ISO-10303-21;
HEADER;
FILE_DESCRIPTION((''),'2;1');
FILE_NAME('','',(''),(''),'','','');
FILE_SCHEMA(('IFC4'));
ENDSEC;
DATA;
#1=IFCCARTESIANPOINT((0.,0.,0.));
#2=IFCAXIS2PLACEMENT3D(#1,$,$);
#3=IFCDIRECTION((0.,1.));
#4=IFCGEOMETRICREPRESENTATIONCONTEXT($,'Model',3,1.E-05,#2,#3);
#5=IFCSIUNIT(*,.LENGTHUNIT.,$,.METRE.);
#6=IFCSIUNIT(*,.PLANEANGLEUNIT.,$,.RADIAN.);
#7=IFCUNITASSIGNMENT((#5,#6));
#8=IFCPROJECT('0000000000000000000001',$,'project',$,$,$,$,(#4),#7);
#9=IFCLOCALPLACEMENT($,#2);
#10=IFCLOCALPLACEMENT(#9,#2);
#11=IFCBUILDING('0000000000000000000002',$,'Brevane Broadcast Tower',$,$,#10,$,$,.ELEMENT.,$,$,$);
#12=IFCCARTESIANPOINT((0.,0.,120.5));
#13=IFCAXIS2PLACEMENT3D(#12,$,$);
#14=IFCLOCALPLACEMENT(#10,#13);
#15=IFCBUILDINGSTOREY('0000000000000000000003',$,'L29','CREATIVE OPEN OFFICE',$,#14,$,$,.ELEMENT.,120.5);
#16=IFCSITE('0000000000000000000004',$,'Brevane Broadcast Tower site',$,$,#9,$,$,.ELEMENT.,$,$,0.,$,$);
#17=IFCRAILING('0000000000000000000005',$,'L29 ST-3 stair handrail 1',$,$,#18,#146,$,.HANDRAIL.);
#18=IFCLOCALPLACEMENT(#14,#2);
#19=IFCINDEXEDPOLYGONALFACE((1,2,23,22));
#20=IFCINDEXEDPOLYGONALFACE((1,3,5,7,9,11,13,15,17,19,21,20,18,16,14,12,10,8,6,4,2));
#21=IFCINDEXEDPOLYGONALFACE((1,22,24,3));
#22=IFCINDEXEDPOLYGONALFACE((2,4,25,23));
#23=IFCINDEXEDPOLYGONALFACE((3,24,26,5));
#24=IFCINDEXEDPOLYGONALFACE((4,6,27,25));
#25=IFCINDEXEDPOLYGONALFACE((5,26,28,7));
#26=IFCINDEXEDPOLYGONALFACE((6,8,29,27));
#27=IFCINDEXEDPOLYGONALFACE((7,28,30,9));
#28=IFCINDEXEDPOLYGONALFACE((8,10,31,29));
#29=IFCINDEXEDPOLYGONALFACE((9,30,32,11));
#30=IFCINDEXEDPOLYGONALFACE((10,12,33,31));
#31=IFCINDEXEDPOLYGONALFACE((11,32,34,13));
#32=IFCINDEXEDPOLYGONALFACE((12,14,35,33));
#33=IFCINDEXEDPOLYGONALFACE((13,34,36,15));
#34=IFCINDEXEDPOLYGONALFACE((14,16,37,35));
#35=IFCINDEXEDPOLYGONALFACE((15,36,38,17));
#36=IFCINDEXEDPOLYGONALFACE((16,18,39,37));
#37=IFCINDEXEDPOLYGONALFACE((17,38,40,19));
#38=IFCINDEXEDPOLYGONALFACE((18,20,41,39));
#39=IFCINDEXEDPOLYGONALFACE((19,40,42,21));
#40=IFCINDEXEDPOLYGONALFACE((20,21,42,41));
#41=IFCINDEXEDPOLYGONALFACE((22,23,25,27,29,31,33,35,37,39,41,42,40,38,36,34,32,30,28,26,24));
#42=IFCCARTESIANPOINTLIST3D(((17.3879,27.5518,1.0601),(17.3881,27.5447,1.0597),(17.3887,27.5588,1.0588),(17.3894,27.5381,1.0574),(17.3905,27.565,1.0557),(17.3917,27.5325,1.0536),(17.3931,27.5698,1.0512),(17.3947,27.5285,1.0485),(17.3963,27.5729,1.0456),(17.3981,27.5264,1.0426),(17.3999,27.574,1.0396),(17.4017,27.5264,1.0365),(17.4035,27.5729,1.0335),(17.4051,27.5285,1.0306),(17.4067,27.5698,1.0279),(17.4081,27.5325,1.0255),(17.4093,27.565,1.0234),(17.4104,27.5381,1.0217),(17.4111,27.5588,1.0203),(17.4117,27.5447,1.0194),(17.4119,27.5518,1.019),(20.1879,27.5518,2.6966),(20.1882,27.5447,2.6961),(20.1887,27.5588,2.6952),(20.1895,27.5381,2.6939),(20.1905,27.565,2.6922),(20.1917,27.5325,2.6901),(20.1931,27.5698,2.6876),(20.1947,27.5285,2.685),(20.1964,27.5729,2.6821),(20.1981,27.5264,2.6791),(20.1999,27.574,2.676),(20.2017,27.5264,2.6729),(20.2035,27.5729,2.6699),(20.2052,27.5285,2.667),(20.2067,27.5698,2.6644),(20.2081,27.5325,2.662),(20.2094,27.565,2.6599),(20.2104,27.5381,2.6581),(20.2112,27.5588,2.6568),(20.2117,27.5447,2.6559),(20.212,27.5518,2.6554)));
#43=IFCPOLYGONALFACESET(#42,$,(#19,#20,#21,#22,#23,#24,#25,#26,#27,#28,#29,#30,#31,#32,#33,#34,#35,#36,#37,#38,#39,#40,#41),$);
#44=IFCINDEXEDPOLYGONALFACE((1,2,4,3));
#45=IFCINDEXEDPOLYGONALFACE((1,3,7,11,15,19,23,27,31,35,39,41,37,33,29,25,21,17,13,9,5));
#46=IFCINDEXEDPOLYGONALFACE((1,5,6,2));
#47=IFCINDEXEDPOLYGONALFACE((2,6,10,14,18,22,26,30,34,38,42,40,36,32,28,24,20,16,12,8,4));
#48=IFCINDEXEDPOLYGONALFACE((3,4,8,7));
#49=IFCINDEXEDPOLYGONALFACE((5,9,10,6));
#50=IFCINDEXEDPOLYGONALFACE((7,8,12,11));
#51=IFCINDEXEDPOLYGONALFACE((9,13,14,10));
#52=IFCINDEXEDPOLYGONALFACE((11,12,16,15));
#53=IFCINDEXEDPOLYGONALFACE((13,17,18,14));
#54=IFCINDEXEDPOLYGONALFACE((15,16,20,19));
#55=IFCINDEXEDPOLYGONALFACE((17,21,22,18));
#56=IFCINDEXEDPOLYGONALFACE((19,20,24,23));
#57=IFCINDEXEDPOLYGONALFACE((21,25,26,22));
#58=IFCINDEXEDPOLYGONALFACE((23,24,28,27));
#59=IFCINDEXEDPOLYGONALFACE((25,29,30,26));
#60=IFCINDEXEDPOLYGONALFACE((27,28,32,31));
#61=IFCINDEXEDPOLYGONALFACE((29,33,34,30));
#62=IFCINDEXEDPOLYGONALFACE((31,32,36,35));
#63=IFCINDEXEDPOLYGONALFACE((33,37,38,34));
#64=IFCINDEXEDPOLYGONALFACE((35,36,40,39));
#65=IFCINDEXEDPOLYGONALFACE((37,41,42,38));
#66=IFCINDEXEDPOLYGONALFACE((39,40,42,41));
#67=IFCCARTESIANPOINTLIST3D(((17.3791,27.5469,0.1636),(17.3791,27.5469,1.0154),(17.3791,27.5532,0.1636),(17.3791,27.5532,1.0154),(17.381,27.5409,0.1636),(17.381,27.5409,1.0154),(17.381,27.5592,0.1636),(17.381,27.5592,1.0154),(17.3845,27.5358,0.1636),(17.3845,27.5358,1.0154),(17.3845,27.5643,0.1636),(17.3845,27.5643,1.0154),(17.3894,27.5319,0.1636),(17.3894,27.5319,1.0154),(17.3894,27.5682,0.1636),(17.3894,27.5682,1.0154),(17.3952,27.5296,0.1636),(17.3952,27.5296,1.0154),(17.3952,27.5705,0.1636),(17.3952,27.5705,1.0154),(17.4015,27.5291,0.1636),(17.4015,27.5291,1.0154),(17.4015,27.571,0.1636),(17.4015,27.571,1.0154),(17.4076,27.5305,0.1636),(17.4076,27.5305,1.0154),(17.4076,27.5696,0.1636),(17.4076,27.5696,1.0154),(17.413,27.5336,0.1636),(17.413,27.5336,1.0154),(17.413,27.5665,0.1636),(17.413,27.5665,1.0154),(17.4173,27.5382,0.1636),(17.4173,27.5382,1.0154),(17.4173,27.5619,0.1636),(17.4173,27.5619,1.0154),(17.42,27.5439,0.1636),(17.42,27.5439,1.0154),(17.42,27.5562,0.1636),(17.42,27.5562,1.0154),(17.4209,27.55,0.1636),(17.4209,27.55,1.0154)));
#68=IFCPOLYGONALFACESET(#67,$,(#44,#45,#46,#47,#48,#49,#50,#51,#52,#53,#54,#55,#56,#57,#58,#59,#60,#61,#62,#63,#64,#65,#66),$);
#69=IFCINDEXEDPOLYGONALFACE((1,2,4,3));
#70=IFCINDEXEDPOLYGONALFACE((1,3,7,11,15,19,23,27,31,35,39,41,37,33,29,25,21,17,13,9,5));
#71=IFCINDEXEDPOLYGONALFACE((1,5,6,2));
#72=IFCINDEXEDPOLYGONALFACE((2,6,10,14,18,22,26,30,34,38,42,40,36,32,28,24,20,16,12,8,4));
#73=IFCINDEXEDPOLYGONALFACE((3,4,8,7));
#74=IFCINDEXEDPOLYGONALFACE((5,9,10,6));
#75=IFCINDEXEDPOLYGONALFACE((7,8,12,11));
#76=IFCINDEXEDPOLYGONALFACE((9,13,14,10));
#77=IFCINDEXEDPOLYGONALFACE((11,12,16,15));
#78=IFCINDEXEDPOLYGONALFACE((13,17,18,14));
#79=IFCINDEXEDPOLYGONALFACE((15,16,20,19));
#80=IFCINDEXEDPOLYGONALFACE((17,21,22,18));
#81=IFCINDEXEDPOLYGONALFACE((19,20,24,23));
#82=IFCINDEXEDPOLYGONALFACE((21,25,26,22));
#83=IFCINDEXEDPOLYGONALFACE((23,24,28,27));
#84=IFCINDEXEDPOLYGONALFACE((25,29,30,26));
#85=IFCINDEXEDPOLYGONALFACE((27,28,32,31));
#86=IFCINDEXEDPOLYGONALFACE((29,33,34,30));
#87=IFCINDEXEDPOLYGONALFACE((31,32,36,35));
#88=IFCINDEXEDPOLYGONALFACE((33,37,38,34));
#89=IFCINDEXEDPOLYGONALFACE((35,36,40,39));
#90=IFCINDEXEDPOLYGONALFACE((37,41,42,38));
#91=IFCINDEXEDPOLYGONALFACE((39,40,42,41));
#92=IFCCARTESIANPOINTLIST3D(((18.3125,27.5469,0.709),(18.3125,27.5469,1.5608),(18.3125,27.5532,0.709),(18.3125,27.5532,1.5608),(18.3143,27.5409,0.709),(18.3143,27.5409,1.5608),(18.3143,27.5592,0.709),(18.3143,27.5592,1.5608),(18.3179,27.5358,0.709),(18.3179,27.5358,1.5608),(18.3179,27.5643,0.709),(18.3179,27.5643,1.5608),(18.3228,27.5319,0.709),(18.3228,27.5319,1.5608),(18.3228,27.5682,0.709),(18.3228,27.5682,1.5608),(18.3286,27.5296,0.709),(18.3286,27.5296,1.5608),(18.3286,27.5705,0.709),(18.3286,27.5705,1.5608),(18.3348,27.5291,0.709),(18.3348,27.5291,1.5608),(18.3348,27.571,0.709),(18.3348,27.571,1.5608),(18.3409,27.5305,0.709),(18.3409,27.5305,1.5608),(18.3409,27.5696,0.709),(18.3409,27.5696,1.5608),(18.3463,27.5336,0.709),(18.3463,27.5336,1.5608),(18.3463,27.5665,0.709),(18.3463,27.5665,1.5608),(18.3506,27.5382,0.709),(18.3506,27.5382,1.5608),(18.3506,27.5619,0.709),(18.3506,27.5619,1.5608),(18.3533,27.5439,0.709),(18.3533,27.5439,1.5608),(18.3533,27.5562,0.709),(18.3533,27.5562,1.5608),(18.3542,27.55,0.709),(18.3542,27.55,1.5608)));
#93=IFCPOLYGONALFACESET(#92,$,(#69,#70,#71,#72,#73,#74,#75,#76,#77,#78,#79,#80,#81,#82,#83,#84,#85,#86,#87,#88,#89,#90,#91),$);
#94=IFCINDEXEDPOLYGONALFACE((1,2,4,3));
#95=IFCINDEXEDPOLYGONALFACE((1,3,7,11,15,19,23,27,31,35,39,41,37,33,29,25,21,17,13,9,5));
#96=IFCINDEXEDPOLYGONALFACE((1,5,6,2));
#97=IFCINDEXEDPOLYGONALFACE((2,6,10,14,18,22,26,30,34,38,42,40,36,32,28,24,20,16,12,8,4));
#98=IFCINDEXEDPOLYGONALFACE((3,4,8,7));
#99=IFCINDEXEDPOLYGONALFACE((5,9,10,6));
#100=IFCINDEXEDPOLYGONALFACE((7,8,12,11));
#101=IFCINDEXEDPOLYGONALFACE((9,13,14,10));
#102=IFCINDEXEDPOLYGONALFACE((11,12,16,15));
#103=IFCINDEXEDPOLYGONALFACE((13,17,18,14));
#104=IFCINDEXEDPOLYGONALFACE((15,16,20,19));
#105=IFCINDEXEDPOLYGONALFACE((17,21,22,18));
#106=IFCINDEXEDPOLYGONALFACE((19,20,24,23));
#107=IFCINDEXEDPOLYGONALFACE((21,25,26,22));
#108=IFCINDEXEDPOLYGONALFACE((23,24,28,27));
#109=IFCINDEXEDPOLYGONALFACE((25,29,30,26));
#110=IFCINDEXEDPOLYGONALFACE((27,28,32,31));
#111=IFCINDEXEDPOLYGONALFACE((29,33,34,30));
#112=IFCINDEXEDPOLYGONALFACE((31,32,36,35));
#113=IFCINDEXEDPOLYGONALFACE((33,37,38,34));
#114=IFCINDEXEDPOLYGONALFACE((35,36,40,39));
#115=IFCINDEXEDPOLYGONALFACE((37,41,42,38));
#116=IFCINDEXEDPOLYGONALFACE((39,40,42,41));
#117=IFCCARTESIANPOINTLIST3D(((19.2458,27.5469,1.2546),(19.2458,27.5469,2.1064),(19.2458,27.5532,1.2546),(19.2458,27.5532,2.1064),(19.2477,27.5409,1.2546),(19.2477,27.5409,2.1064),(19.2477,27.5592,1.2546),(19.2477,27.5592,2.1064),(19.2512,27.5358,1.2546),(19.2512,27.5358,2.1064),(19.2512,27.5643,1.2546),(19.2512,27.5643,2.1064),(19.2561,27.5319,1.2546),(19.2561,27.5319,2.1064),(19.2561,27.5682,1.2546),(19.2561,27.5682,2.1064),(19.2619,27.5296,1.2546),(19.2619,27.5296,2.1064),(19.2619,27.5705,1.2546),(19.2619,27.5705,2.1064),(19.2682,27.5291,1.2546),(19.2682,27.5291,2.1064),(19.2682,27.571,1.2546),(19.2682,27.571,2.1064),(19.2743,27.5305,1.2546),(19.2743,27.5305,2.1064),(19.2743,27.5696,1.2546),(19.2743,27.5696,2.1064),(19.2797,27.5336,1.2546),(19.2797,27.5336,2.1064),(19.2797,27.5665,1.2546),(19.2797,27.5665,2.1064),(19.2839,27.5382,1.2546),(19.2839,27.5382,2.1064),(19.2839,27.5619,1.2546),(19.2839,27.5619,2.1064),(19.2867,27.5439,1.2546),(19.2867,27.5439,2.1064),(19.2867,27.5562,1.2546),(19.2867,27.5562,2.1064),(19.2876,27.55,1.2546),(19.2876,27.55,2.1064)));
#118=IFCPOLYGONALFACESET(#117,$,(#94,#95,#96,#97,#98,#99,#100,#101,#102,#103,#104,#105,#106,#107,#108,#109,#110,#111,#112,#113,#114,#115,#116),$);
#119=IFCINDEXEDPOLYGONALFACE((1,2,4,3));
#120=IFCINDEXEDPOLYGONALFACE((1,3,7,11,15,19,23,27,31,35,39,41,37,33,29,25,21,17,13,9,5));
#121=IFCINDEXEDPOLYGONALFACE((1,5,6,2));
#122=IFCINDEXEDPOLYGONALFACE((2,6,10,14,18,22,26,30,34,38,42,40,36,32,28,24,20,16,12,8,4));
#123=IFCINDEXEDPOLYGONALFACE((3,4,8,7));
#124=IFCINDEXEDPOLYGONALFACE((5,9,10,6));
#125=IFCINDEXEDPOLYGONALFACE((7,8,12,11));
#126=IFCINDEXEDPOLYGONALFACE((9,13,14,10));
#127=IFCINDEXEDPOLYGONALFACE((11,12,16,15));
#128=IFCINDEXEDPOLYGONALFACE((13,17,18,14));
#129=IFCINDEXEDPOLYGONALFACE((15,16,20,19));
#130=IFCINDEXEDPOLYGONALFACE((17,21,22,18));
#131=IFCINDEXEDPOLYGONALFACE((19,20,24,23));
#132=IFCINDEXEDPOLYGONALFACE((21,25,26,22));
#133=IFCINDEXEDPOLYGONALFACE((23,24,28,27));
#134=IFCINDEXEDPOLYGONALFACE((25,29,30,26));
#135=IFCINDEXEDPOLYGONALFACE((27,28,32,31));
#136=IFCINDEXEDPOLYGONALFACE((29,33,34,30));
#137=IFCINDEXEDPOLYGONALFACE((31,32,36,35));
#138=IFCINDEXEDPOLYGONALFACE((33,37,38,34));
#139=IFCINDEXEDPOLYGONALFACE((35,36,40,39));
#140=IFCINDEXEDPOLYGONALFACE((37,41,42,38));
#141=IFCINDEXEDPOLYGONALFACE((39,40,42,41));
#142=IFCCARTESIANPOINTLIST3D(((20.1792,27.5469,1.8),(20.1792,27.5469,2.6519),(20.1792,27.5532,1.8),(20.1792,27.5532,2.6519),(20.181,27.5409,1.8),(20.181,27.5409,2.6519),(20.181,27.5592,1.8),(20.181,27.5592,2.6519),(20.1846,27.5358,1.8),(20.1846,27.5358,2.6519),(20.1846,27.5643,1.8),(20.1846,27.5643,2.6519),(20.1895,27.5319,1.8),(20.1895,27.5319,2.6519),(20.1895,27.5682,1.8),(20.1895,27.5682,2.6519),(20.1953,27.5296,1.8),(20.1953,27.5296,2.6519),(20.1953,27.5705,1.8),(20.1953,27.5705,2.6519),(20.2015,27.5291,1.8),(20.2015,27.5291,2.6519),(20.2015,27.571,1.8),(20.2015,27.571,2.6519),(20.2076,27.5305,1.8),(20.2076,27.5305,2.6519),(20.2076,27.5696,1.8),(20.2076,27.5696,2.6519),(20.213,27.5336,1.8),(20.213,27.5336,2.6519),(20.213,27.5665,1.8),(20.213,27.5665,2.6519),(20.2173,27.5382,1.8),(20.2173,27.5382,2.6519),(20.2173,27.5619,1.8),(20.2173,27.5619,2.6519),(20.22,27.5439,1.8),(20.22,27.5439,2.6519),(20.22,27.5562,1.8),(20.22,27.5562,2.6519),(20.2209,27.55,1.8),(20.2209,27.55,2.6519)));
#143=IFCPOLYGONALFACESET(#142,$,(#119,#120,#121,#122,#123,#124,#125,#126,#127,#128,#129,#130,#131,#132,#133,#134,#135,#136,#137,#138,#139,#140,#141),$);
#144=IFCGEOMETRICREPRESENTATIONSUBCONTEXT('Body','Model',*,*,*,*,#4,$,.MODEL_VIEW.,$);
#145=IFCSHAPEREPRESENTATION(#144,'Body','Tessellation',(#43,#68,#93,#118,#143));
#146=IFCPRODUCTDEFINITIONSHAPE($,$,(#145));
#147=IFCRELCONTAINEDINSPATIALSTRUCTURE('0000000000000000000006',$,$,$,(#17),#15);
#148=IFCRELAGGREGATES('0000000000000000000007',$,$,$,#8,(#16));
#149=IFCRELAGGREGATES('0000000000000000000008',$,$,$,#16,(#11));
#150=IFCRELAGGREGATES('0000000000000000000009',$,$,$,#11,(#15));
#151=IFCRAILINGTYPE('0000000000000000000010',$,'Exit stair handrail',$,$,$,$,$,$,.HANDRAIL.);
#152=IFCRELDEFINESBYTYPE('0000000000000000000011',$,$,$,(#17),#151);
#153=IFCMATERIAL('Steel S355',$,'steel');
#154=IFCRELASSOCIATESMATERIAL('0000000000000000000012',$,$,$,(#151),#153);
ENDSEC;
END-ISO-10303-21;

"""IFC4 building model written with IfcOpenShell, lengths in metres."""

from ifc_helpers import new_model, si_unit, direction, frame, origin, origin_2d, place, context, subcontext, project, spatial, circle, extrude, material, type_object, element, save


model = new_model("IFC4")

# Units and contexts
model_context = context("Model", 3, precision=1e-05, world=origin(), true_north=direction((0.0, 1.0)))
body_context = subcontext(model_context, "Body", "Model", "MODEL_VIEW")
ifc_project = project(units=[si_unit("LENGTHUNIT", "METRE"), si_unit("PLANEANGLEUNIT", "RADIAN")], contexts=[model_context])

# Site, building, storey
site_placement = place(None, origin())
site = spatial("IfcSite", under=ifc_project, at=site_placement, Name="Brevane Broadcast Tower site", CompositionType="ELEMENT", RefElevation=0.0)
building_placement = place(site_placement, origin())
building = spatial("IfcBuilding", under=site, at=building_placement, Name="Brevane Broadcast Tower", CompositionType="ELEMENT")
storey_placement = place(building_placement, frame((0.0, 0.0, 120.5)))
storey = spatial("IfcBuildingStorey", under=building, at=storey_placement, Name="L29", Description="CREATIVE OPEN OFFICE", CompositionType="ELEMENT", Elevation=120.5)

# Railing
ifc_material_1 = material(Name="Steel S355", Category="steel")
railing_type_1 = type_object("IfcRailingType", Name="Exit stair handrail", PredefinedType="HANDRAIL", material=ifc_material_1)
railing_1_placement = place(storey_placement, frame((17.3999, 27.55, 0.1636)))
element("IfcRailing", 1, at=railing_1_placement, inside=storey, type_object=railing_type_1, Name="L29 ST-3 stair handrail 1", PredefinedType="HANDRAIL", context=body_context, shape_type="SweptSolid", body=[
    extrude(circle(Radius=0.0239, at=origin_2d()), frame((0.0, 0.0, 0.876), z_axis=(0.863361, 0.0, 0.504587), x_axis=(0.0, 1.0, 0.0)), (0.0, 0.0, 1.0), 3.2432),
    extrude(circle(Radius=0.021, at=origin_2d()), origin(), (0.0, 0.0, 1.0), 0.8518),
    extrude(circle(Radius=0.021, at=origin_2d()), frame((0.9333, 0.0, 0.5454)), (0.0, 0.0, 1.0), 0.8518),
    extrude(circle(Radius=0.021, at=origin_2d()), frame((1.8667, 0.0, 1.0911)), (0.0, 0.0, 1.0), 0.8518),
    extrude(circle(Radius=0.021, at=origin_2d()), frame((2.8, 0.0, 1.6365)), (0.0, 0.0, 1.0), 0.8518),
])

save(model, "model.ifc")
